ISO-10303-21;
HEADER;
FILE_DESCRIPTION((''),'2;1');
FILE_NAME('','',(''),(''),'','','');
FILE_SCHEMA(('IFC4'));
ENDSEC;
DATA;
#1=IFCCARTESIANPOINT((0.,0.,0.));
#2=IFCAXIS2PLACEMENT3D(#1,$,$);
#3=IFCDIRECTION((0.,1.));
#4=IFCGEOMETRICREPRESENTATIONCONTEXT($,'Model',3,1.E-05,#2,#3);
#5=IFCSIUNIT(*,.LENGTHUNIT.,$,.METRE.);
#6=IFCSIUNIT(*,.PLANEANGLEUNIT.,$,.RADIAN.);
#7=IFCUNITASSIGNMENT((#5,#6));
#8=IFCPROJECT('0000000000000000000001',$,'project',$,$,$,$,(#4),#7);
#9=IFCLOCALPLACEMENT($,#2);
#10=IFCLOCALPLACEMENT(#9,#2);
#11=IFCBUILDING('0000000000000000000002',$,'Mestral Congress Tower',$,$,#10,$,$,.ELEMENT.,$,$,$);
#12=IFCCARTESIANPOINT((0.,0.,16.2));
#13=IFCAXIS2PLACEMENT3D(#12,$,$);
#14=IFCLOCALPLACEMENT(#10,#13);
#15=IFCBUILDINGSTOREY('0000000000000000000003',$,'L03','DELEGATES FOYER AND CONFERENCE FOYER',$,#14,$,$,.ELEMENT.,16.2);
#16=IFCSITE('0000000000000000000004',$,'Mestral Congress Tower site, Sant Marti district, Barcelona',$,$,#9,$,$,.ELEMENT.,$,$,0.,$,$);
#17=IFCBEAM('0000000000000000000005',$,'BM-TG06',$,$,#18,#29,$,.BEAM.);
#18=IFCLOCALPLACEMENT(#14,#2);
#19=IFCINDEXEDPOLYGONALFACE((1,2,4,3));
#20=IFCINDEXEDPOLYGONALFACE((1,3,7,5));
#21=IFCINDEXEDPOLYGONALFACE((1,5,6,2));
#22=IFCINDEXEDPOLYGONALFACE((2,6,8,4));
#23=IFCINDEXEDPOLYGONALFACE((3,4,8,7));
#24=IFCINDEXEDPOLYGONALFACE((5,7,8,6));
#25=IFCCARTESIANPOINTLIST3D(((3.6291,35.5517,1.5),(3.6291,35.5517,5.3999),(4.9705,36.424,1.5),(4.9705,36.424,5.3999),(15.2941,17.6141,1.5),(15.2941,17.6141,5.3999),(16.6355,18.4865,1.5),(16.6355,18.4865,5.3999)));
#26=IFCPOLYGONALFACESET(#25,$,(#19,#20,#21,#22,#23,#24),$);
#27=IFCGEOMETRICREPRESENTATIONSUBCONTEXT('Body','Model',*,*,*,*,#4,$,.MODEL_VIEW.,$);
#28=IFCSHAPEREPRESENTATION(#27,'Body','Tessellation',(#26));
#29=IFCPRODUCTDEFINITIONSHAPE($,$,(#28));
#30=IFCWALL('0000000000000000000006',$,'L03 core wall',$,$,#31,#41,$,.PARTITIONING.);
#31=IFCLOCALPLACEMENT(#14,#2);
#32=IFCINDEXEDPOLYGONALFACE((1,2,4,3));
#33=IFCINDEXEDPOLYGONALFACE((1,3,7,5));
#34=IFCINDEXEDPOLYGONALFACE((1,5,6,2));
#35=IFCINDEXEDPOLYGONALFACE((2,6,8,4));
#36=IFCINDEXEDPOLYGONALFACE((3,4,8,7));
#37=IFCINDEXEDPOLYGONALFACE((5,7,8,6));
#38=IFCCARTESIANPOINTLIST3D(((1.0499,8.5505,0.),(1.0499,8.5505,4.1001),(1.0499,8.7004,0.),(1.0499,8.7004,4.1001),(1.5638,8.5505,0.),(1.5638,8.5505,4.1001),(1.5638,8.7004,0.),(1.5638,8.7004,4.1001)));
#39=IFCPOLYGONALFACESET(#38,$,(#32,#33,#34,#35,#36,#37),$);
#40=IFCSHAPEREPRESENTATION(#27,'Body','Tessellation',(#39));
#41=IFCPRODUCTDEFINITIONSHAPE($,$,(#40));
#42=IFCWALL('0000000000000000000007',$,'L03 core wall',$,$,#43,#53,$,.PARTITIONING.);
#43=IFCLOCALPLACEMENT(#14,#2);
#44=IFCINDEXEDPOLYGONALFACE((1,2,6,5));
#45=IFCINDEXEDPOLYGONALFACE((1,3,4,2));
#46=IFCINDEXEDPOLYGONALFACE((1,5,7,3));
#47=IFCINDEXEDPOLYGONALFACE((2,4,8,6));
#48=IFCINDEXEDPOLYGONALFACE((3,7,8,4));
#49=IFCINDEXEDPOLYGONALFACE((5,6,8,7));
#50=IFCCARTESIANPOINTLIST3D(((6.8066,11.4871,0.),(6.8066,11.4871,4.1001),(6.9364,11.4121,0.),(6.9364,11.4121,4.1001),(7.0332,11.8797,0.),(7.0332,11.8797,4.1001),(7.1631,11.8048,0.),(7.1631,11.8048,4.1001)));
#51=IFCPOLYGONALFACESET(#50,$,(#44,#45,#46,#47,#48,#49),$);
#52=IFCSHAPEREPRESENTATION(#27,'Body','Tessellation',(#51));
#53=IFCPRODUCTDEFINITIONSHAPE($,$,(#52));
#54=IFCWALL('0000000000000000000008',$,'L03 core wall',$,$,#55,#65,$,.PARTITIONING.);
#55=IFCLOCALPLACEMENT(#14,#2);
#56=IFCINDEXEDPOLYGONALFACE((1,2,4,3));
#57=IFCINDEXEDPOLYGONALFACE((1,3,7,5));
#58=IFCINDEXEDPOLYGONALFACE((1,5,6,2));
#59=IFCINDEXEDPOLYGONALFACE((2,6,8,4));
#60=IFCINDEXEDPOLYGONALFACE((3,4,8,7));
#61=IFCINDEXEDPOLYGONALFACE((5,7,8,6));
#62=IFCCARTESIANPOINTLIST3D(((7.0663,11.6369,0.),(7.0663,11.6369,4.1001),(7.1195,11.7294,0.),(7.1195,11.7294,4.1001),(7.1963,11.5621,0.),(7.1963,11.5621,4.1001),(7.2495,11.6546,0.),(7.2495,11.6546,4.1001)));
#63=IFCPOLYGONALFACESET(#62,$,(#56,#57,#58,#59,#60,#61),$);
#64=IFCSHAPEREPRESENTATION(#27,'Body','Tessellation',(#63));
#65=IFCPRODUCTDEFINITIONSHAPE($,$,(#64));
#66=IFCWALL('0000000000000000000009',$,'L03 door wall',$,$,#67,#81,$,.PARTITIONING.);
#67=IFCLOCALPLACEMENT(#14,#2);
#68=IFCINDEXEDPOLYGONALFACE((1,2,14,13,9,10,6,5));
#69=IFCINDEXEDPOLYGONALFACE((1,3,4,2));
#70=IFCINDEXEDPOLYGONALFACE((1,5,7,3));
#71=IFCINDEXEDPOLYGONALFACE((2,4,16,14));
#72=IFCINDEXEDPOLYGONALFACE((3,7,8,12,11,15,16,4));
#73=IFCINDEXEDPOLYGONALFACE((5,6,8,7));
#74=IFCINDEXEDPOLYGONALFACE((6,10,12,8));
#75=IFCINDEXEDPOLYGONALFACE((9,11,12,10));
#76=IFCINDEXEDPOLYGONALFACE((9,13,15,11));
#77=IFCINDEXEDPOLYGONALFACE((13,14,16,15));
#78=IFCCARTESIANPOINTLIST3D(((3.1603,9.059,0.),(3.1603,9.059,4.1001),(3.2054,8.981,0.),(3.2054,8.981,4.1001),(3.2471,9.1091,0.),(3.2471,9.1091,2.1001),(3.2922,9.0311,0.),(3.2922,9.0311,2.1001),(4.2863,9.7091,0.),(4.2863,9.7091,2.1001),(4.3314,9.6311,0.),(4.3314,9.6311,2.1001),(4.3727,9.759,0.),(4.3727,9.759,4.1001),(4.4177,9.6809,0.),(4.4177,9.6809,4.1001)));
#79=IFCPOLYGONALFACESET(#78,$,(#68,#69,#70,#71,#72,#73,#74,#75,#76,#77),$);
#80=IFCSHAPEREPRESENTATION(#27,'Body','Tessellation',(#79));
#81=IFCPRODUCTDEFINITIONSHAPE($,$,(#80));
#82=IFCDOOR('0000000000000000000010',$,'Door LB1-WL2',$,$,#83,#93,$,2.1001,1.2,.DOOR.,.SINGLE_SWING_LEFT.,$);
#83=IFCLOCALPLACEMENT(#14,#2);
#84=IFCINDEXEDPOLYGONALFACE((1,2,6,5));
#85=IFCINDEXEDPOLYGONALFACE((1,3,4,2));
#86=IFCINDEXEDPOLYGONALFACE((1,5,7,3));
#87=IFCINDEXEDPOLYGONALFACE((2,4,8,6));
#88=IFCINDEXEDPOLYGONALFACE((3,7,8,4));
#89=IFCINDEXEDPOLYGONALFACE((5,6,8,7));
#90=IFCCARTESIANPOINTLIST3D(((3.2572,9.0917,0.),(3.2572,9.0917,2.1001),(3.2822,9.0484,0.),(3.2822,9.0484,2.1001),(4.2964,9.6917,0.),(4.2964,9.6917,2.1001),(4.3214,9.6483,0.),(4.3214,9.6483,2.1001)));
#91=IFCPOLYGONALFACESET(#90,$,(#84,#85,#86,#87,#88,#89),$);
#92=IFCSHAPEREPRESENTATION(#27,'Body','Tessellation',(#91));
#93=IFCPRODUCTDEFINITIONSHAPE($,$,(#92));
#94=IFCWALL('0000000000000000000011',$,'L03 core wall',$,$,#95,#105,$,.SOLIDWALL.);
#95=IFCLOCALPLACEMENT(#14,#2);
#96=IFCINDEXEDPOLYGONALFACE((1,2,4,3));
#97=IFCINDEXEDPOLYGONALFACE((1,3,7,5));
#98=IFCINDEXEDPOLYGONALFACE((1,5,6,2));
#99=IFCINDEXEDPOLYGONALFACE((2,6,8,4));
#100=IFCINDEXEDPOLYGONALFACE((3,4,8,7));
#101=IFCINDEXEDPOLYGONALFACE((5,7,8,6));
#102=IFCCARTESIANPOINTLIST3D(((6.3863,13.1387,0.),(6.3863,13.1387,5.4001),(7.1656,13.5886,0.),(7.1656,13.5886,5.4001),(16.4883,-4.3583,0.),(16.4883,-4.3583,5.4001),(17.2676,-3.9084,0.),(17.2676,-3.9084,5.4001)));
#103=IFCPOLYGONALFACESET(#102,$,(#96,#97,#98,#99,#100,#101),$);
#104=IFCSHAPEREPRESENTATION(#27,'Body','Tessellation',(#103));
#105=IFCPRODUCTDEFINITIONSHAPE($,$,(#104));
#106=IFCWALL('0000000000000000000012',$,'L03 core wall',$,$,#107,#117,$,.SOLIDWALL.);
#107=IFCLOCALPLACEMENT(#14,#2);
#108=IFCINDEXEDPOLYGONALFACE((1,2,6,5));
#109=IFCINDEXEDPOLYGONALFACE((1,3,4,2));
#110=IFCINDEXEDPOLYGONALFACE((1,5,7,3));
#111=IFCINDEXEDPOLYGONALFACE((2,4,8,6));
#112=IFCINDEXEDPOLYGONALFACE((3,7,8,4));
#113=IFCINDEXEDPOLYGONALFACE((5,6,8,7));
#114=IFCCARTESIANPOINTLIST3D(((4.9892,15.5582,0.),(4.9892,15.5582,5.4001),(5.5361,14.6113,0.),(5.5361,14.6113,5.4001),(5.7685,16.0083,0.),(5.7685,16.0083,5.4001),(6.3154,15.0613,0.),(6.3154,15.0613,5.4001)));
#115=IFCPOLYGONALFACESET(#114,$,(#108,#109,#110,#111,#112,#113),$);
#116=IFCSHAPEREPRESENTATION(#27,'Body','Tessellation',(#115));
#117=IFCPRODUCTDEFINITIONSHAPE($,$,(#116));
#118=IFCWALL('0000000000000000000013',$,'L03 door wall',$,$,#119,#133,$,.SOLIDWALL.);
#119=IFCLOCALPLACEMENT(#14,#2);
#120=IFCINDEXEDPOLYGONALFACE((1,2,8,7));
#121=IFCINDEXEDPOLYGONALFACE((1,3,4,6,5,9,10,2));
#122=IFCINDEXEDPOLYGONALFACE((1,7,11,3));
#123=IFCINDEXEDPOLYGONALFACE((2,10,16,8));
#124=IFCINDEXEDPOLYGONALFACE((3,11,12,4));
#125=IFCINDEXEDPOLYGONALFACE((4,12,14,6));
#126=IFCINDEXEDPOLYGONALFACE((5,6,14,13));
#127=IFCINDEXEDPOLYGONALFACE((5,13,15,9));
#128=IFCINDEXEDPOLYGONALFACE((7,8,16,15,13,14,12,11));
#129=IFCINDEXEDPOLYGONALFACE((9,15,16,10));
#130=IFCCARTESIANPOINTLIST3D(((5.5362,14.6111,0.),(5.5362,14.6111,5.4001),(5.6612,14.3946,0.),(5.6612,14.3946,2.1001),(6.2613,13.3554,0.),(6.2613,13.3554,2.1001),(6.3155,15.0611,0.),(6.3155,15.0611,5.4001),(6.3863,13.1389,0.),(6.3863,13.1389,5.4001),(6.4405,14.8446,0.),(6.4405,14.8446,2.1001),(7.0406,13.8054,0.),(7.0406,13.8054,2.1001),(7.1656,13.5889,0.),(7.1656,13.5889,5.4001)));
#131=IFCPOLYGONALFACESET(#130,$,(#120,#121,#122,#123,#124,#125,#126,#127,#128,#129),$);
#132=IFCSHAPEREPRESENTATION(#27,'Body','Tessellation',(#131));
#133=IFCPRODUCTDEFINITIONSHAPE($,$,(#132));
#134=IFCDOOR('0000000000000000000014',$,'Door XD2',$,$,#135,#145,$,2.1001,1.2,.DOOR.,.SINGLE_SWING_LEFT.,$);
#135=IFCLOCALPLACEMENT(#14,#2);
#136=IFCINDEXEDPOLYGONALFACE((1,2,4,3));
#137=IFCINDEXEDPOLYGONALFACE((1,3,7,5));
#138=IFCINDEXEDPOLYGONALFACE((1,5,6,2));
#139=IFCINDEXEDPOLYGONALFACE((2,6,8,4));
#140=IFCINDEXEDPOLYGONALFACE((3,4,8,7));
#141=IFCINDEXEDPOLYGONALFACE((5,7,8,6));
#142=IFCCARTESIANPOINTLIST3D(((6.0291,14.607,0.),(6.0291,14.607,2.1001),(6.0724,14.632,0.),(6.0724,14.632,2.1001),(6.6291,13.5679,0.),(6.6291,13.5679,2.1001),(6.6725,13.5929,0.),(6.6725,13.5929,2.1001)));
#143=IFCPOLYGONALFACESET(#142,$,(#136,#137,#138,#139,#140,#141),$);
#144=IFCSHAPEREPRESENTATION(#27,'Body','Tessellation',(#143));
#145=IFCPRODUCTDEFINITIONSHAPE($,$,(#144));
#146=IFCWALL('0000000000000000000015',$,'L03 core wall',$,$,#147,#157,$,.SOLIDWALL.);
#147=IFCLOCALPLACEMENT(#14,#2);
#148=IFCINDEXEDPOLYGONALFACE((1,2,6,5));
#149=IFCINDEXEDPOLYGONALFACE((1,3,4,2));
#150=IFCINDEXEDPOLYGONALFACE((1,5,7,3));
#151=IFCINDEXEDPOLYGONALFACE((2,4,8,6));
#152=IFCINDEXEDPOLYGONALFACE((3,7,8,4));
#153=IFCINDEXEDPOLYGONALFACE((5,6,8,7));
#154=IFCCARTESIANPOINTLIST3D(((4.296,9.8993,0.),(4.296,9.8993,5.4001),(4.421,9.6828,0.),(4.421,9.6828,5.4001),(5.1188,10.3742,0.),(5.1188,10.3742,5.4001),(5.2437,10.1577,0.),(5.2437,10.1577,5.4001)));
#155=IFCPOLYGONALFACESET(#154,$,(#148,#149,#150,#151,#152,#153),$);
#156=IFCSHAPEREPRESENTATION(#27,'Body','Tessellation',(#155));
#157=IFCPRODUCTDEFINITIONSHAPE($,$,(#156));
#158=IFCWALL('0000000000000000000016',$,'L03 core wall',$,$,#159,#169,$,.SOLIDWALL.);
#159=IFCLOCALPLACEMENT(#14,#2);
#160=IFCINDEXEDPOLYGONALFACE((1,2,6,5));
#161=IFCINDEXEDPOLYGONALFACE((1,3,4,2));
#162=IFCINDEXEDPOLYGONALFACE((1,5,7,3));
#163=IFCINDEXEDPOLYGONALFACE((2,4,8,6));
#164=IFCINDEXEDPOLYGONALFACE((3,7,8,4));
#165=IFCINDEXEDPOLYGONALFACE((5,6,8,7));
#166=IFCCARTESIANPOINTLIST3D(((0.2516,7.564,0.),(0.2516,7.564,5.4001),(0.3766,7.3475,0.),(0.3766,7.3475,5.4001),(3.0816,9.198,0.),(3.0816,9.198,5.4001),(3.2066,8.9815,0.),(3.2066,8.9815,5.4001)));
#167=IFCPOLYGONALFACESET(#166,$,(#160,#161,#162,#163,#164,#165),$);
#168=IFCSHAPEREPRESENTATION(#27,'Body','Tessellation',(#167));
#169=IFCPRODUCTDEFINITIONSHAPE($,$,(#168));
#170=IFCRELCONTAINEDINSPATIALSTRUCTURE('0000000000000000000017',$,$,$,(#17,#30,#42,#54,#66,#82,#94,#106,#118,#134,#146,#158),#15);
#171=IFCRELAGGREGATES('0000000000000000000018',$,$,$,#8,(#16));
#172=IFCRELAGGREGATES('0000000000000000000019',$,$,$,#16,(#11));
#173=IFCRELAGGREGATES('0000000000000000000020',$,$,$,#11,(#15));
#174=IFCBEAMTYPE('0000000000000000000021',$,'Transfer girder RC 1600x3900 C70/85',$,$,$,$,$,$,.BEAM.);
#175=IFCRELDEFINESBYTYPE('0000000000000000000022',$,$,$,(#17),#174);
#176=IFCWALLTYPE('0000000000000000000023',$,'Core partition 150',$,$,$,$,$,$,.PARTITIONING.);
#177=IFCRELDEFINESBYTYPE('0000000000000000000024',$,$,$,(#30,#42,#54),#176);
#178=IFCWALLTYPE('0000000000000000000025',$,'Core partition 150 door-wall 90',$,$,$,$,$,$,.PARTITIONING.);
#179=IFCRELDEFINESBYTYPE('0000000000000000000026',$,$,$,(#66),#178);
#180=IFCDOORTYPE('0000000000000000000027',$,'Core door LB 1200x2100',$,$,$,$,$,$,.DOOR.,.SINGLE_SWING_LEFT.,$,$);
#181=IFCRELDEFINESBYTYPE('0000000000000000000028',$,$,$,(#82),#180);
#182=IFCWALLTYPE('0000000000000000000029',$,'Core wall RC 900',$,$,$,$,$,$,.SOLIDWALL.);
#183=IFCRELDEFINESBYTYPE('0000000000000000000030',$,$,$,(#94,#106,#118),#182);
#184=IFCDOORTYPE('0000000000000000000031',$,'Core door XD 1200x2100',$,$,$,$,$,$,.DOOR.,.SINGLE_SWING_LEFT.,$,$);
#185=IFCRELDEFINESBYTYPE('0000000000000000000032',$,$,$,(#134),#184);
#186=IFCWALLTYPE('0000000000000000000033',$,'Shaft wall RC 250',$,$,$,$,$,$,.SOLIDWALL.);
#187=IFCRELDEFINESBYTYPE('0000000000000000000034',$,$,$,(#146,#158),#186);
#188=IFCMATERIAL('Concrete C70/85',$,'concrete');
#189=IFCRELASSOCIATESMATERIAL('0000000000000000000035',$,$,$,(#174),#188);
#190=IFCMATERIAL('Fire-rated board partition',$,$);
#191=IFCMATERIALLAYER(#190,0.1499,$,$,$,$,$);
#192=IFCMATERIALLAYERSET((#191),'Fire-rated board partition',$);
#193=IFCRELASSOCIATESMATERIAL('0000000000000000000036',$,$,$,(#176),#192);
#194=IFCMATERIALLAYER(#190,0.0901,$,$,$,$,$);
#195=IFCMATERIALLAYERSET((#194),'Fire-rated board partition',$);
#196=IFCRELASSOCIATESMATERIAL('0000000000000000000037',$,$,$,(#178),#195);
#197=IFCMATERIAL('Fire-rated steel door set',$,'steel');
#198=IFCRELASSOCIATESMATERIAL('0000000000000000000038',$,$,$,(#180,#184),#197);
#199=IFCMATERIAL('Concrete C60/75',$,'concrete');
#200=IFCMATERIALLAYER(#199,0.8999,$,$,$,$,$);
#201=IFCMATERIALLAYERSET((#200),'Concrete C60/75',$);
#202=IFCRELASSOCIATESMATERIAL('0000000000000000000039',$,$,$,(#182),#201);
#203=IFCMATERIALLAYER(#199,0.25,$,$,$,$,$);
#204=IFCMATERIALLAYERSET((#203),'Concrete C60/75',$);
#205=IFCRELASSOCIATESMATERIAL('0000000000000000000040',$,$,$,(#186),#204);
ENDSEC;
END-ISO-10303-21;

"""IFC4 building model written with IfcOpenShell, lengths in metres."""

from ifc_helpers import new_model, si_unit, direction, frame, frame_2d, origin, origin_2d, place, context, subcontext, project, spatial, rectangle, extrude, material, layer, layer_set, material_profile, profile_set, type_object, element, fill, save


model = new_model("IFC4")

# Units and contexts
model_context = context("Model", 3, precision=1e-05, world=origin(), true_north=direction((0.0, 1.0)))
body_context = subcontext(model_context, "Body", "Model", "MODEL_VIEW")
ifc_project = project(units=[si_unit("LENGTHUNIT", "METRE"), si_unit("PLANEANGLEUNIT", "RADIAN")], contexts=[model_context])

# Site, building, storey
site_placement = place(None, origin())
site = spatial("IfcSite", under=ifc_project, at=site_placement, Name="Mestral Congress Tower site, Sant Marti district, Barcelona", CompositionType="ELEMENT", RefElevation=0.0)
building_placement = place(site_placement, origin())
building = spatial("IfcBuilding", under=site, at=building_placement, Name="Mestral Congress Tower", CompositionType="ELEMENT")
storey_placement = place(building_placement, frame((0.0, 0.0, 16.2)))
storey = spatial("IfcBuildingStorey", under=building, at=storey_placement, Name="L03", Description="DELEGATES FOYER AND CONFERENCE FOYER", CompositionType="ELEMENT", Elevation=16.2)

# Beam
ifc_material_1 = material(Name="Concrete C70/85", Category="concrete")
ifc_material_profile = material_profile(ifc_material_1, rectangle(XDim=1.6001, YDim=3.8999, at=origin_2d()), Name="RC 1600x3900")
ifc_profile_set = profile_set([ifc_material_profile], Name="Concrete C70/85")
beam_type = type_object("IfcBeamType", Name="Transfer girder RC 1600x3900 C70/85", PredefinedType="BEAM", material=ifc_profile_set)
beam_placement = place(storey_placement, frame((15.9648, 18.0503, 3.45), z_axis=(-0.545174, 0.838323, 0.0), x_axis=(-0.838323, -0.545174, 0.0)))
element("IfcBeam", 1, at=beam_placement, inside=storey, type_object=beam_type, Name="BM-TG06", PredefinedType="BEAM", context=body_context, shape_type="SweptSolid", body=[
    extrude(rectangle(XDim=1.6001, YDim=3.8999, at=origin_2d()), origin(), (0.0, 0.0, 1.0), 21.397),
])

# Walls
ifc_material_2 = material(Name="Fire-rated board partition")
ifc_layer_1 = layer(ifc_material_2, 0.1499)
ifc_layer_set_1 = layer_set([ifc_layer_1], Name="Fire-rated board partition")
wall_type_1 = type_object("IfcWallType", Name="Core partition 150", PredefinedType="PARTITIONING", material=ifc_layer_set_1)
wall_1_placement = place(storey_placement, frame((1.05, 8.6255, 0.0), z_axis=(0.0, 0.0, 1.0), x_axis=(1.0, 0.0, 0.0)))
element("IfcWall", 2, at=wall_1_placement, inside=storey, type_object=wall_type_1, Name="L03 core wall", PredefinedType="PARTITIONING", context=body_context, shape_type="SweptSolid", body=[
    extrude(rectangle(XDim=0.5139, YDim=0.1499, at=frame_2d((0.2568, 0.0))), origin(), (0.0, 0.0, 1.0), 4.1001),
])
wall_2_placement = place(storey_placement, frame((6.8716, 11.4497, 0.0), z_axis=(0.0, 0.0, 1.0), x_axis=(0.499847, 0.866114, 0.0)))
element("IfcWall", 3, at=wall_2_placement, inside=storey, type_object=wall_type_1, Name="L03 core wall", PredefinedType="PARTITIONING", context=body_context, shape_type="SweptSolid", body=[
    extrude(rectangle(XDim=0.4534, YDim=0.1499, at=frame_2d((0.2266, 0.0))), origin(), (0.0, 0.0, 1.0), 4.1001),
])
wall_3_placement = place(storey_placement, frame((7.1313, 11.5996, 0.0), z_axis=(0.0, 0.0, 1.0), x_axis=(0.4986, 0.866832, 0.0)))
element("IfcWall", 4, at=wall_3_placement, inside=storey, type_object=wall_type_1, Name="L03 core wall", PredefinedType="PARTITIONING", context=body_context, shape_type="SweptSolid", body=[
    extrude(rectangle(XDim=0.1067, YDim=0.1499, at=frame_2d((0.0532, 0.0))), origin(), (0.0, 0.0, 1.0), 4.1001),
])

# Wall, opening, door
ifc_layer_2 = layer(ifc_material_2, 0.0901)
ifc_layer_set_2 = layer_set([ifc_layer_2], Name="Fire-rated board partition")
wall_type_2 = type_object("IfcWallType", Name="Core partition 150 door-wall 90", PredefinedType="PARTITIONING", material=ifc_layer_set_2)
wall_4_placement = place(storey_placement, frame((3.1829, 9.02, 0.0), z_axis=(0.0, 0.0, 1.0), x_axis=(0.866035, 0.499984, 0.0)))
wall_4 = element("IfcWall", 5, at=wall_4_placement, inside=storey, type_object=wall_type_2, Name="L03 door wall", PredefinedType="PARTITIONING", context=body_context, shape_type="SweptSolid", body=[
    extrude(rectangle(XDim=1.3999, YDim=0.0901, at=frame_2d((0.7, 0.0))), origin(), (0.0, 0.0, 1.0), 4.1001),
])
opening_1_placement = place(wall_4_placement, frame((0.1001, 0.0, 0.0)))
opening_1 = element("IfcOpeningElement", 6, at=opening_1_placement, cuts=wall_4, PredefinedType="OPENING", context=body_context, shape_type="SweptSolid", body=[
    extrude(rectangle(XDim=1.2, YDim=2.1001, at=frame_2d((0.6001, 1.05))), frame((0.0, 0.0549, 0.0), z_axis=(0.0, -1.0, 0.0), x_axis=(1.0, 0.0, 0.0)), (0.0, 0.0, 1.0), 0.1101),
])
ifc_material_3 = material(Name="Fire-rated steel door set", Category="steel")
door_type_1 = type_object("IfcDoorType", Name="Core door LB 1200x2100", OperationType="SINGLE_SWING_LEFT", PredefinedType="DOOR", material=ifc_material_3)
door_1_placement = place(opening_1_placement, origin())
door_1 = element("IfcDoor", 7, at=door_1_placement, inside=storey, type_object=door_type_1, Name="Door LB1-WL2", OperationType="SINGLE_SWING_LEFT", OverallHeight=2.1001, OverallWidth=1.2, PredefinedType="DOOR", context=body_context, shape_type="SweptSolid", body=[
    extrude(rectangle(XDim=1.2, YDim=2.1001, at=frame_2d((0.6001, 1.05))), frame((0.0, 0.0249, 0.0), z_axis=(0.0, -1.0, 0.0), x_axis=(1.0, 0.0, 0.0)), (0.0, 0.0, 1.0), 0.05),
])
fill(opening_1, door_1)

# Walls
ifc_material_4 = material(Name="Concrete C60/75", Category="concrete")
ifc_layer_3 = layer(ifc_material_4, 0.8999)
ifc_layer_set_3 = layer_set([ifc_layer_3], Name="Concrete C60/75")
wall_type_3 = type_object("IfcWallType", Name="Core wall RC 900", PredefinedType="SOLIDWALL", material=ifc_layer_set_3)
wall_5_placement = place(storey_placement, frame((6.7759, 13.3638, 0.0), z_axis=(0.0, 0.0, 1.0), x_axis=(0.500004, -0.866023, 0.0)))
element("IfcWall", 8, at=wall_5_placement, inside=storey, type_object=wall_type_3, Name="L03 core wall", PredefinedType="SOLIDWALL", context=body_context, shape_type="SweptSolid", body=[
    extrude(rectangle(XDim=20.2039, YDim=0.8999, at=frame_2d((10.1021, 0.0))), origin(), (0.0, 0.0, 1.0), 5.4001),
])
wall_6_placement = place(storey_placement, frame((5.9258, 14.8362, 0.0), z_axis=(0.0, 0.0, 1.0), x_axis=(-0.500077, 0.865981, 0.0)))
element("IfcWall", 9, at=wall_6_placement, inside=storey, type_object=wall_type_3, Name="L03 core wall", PredefinedType="SOLIDWALL", context=body_context, shape_type="SweptSolid", body=[
    extrude(rectangle(XDim=1.0935, YDim=0.8999, at=frame_2d((0.5469, 0.0))), origin(), (0.0, 0.0, 1.0), 5.4001),
])

# Wall, opening, door
wall_7_placement = place(storey_placement, frame((5.9258, 14.8362, 0.0), z_axis=(0.0, 0.0, 1.0), x_axis=(0.500062, -0.865989, 0.0)))
wall_7 = element("IfcWall", 10, at=wall_7_placement, inside=storey, type_object=wall_type_3, Name="L03 door wall", PredefinedType="SOLIDWALL", context=body_context, shape_type="SweptSolid", body=[
    extrude(rectangle(XDim=1.7, YDim=0.8999, at=frame_2d((0.8501, 0.0))), origin(), (0.0, 0.0, 1.0), 5.4001),
])
opening_2_placement = place(wall_7_placement, frame((0.25, 0.0, 0.0)))
opening_2 = element("IfcOpeningElement", 11, at=opening_2_placement, cuts=wall_7, PredefinedType="OPENING", context=body_context, shape_type="SweptSolid", body=[
    extrude(rectangle(XDim=1.2, YDim=2.1001, at=frame_2d((0.6001, 1.05))), frame((0.0, 0.46, 0.0), z_axis=(0.0, -1.0, 0.0), x_axis=(1.0, 0.0, 0.0)), (0.0, 0.0, 1.0), 0.9199),
])
door_type_2 = type_object("IfcDoorType", Name="Core door XD 1200x2100", OperationType="SINGLE_SWING_LEFT", PredefinedType="DOOR", material=ifc_material_3)
door_2_placement = place(opening_2_placement, origin())
door_2 = element("IfcDoor", 12, at=door_2_placement, inside=storey, type_object=door_type_2, Name="Door XD2", OperationType="SINGLE_SWING_LEFT", OverallHeight=2.1001, OverallWidth=1.2, PredefinedType="DOOR", context=body_context, shape_type="SweptSolid", body=[
    extrude(rectangle(XDim=1.2, YDim=2.1001, at=frame_2d((0.6001, 1.05))), frame((0.0, 0.0249, 0.0), z_axis=(0.0, -1.0, 0.0), x_axis=(1.0, 0.0, 0.0)), (0.0, 0.0, 1.0), 0.05),
])
fill(opening_2, door_2)

# Walls
ifc_layer_4 = layer(ifc_material_4, 0.25)
ifc_layer_set_4 = layer_set([ifc_layer_4], Name="Concrete C60/75")
wall_type_4 = type_object("IfcWallType", Name="Shaft wall RC 250", PredefinedType="SOLIDWALL", material=ifc_layer_set_4)
wall_8_placement = place(storey_placement, frame((4.3584, 9.791, 0.0), z_axis=(0.0, 0.0, 1.0), x_axis=(0.8661, 0.499871, 0.0)))
element("IfcWall", 13, at=wall_8_placement, inside=storey, type_object=wall_type_4, Name="L03 core wall", PredefinedType="SOLIDWALL", context=body_context, shape_type="SweptSolid", body=[
    extrude(rectangle(XDim=0.95, YDim=0.25, at=frame_2d((0.4751, 0.0))), origin(), (0.0, 0.0, 1.0), 5.4001),
])
wall_9_placement = place(storey_placement, frame((0.3142, 7.4558, 0.0), z_axis=(0.0, 0.0, 1.0), x_axis=(0.866014, 0.50002, 0.0)))
element("IfcWall", 14, at=wall_9_placement, inside=storey, type_object=wall_type_4, Name="L03 core wall", PredefinedType="SOLIDWALL", context=body_context, shape_type="SweptSolid", body=[
    extrude(rectangle(XDim=3.2678, YDim=0.25, at=frame_2d((1.6338, 0.0))), origin(), (0.0, 0.0, 1.0), 5.4001),
])

save(model, "model.ifc")
